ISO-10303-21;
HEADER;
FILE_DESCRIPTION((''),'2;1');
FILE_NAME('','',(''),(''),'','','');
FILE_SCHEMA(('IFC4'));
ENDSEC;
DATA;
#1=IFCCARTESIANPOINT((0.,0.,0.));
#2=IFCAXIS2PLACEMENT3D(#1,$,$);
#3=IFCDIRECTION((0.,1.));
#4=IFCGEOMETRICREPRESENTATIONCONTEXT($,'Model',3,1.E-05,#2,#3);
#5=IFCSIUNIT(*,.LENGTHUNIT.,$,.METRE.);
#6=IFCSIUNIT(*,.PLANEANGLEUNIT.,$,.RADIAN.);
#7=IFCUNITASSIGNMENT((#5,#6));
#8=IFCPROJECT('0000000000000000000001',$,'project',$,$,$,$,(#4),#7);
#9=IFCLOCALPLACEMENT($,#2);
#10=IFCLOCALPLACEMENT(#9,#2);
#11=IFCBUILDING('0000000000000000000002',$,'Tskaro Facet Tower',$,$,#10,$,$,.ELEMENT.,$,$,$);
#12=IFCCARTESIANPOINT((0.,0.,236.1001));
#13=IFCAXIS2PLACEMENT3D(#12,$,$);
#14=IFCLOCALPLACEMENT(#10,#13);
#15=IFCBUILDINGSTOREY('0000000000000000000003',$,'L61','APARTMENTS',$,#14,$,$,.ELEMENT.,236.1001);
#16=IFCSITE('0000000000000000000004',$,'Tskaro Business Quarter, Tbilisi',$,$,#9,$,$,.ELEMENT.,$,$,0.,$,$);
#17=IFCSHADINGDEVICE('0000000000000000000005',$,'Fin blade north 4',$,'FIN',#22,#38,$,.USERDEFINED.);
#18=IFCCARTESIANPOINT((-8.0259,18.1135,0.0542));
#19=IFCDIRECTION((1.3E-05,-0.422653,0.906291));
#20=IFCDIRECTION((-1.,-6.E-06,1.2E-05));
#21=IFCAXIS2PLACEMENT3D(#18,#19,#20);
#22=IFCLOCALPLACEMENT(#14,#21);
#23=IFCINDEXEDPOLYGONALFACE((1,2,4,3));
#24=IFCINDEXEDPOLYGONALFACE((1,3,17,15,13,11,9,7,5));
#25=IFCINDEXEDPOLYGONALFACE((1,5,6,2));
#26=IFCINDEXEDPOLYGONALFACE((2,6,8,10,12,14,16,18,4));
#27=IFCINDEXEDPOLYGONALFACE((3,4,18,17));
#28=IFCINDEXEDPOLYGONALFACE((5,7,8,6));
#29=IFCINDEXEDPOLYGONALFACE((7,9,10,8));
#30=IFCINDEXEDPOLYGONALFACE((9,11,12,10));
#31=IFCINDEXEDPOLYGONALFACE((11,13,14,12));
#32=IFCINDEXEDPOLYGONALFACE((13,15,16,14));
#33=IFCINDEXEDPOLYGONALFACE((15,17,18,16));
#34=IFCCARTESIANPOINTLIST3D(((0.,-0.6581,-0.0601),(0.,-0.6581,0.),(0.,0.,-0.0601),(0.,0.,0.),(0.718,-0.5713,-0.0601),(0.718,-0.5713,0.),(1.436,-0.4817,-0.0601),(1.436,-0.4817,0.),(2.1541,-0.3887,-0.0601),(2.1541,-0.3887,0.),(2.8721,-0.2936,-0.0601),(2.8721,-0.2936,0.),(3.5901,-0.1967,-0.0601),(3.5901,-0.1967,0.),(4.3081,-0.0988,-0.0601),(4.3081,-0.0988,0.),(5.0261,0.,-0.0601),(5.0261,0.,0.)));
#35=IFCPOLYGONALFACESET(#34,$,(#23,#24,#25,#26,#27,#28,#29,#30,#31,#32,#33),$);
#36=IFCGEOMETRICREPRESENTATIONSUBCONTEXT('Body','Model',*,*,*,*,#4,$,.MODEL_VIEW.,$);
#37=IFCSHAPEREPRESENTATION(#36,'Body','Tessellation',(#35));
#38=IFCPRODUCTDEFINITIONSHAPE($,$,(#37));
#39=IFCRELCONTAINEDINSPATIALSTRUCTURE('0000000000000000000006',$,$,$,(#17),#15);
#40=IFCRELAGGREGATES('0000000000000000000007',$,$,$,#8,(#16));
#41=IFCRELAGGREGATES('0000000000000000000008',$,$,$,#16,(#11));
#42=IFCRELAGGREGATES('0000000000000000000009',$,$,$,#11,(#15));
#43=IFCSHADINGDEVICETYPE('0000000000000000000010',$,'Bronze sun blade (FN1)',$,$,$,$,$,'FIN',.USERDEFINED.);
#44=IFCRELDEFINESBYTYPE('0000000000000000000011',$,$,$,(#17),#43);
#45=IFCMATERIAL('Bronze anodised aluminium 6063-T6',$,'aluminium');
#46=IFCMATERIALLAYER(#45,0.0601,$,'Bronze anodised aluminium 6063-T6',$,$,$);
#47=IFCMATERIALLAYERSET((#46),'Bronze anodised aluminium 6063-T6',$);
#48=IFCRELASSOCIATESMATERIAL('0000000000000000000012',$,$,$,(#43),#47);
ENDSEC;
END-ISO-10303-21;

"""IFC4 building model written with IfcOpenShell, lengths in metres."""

from ifc_helpers import new_model, si_unit, direction, frame, origin, place, context, subcontext, project, spatial, polyline, outline, extrude, material, layer, layer_set, type_object, element, save


model = new_model("IFC4")

# Units and contexts
model_context = context("Model", 3, precision=1e-05, world=origin(), true_north=direction((0.0, 1.0)))
body_context = subcontext(model_context, "Body", "Model", "MODEL_VIEW")
ifc_project = project(units=[si_unit("LENGTHUNIT", "METRE"), si_unit("PLANEANGLEUNIT", "RADIAN")], contexts=[model_context])

# Site, building, storey
site_placement = place(None, origin())
site = spatial("IfcSite", under=ifc_project, at=site_placement, Name="Tskaro Business Quarter, Tbilisi", CompositionType="ELEMENT", RefElevation=0.0)
building_placement = place(site_placement, origin())
building = spatial("IfcBuilding", under=site, at=building_placement, Name="Tskaro Facet Tower", CompositionType="ELEMENT")
storey_placement = place(building_placement, frame((0.0, 0.0, 236.1001)))
storey = spatial("IfcBuildingStorey", under=building, at=storey_placement, Name="L61", Description="APARTMENTS", CompositionType="ELEMENT", Elevation=236.1001)

# Shared definitions
ifc_material_1 = material(Name="Bronze anodised aluminium 6063-T6", Category="aluminium")

# Shading device
ifc_layer_1 = layer(ifc_material_1, 0.0601, Name="Bronze anodised aluminium 6063-T6")
ifc_layer_set_1 = layer_set([ifc_layer_1], Name="Bronze anodised aluminium 6063-T6")
shading_device_type = type_object("IfcShadingDeviceType", Name="Bronze sun blade (FN1)", ElementType="FIN", PredefinedType="USERDEFINED", material=ifc_layer_set_1)
shading_device_placement = place(storey_placement, frame((-8.0259, 18.1135, 0.0542), z_axis=(0.000013, -0.422653, 0.906291), x_axis=(-1.0, -0.000006, 0.000012)))
element("IfcShadingDevice", 1, at=shading_device_placement, inside=storey, type_object=shading_device_type, Name="Fin blade north 4", ObjectType="FIN", PredefinedType="USERDEFINED", context=body_context, shape_type="SweptSolid", body=[
    extrude(outline(polyline([(0.0, 0.0), (5.0261, 0.0), (4.3081, -0.0988), (3.5901, -0.1967), (2.8721, -0.2936), (2.1541, -0.3887), (1.436, -0.4817), (0.718, -0.5713), (0.0, -0.6581), (0.0, 0.0)])), origin(), (0.0, 0.0, -1.0), 0.0601),
])

save(model, "model.ifc")
